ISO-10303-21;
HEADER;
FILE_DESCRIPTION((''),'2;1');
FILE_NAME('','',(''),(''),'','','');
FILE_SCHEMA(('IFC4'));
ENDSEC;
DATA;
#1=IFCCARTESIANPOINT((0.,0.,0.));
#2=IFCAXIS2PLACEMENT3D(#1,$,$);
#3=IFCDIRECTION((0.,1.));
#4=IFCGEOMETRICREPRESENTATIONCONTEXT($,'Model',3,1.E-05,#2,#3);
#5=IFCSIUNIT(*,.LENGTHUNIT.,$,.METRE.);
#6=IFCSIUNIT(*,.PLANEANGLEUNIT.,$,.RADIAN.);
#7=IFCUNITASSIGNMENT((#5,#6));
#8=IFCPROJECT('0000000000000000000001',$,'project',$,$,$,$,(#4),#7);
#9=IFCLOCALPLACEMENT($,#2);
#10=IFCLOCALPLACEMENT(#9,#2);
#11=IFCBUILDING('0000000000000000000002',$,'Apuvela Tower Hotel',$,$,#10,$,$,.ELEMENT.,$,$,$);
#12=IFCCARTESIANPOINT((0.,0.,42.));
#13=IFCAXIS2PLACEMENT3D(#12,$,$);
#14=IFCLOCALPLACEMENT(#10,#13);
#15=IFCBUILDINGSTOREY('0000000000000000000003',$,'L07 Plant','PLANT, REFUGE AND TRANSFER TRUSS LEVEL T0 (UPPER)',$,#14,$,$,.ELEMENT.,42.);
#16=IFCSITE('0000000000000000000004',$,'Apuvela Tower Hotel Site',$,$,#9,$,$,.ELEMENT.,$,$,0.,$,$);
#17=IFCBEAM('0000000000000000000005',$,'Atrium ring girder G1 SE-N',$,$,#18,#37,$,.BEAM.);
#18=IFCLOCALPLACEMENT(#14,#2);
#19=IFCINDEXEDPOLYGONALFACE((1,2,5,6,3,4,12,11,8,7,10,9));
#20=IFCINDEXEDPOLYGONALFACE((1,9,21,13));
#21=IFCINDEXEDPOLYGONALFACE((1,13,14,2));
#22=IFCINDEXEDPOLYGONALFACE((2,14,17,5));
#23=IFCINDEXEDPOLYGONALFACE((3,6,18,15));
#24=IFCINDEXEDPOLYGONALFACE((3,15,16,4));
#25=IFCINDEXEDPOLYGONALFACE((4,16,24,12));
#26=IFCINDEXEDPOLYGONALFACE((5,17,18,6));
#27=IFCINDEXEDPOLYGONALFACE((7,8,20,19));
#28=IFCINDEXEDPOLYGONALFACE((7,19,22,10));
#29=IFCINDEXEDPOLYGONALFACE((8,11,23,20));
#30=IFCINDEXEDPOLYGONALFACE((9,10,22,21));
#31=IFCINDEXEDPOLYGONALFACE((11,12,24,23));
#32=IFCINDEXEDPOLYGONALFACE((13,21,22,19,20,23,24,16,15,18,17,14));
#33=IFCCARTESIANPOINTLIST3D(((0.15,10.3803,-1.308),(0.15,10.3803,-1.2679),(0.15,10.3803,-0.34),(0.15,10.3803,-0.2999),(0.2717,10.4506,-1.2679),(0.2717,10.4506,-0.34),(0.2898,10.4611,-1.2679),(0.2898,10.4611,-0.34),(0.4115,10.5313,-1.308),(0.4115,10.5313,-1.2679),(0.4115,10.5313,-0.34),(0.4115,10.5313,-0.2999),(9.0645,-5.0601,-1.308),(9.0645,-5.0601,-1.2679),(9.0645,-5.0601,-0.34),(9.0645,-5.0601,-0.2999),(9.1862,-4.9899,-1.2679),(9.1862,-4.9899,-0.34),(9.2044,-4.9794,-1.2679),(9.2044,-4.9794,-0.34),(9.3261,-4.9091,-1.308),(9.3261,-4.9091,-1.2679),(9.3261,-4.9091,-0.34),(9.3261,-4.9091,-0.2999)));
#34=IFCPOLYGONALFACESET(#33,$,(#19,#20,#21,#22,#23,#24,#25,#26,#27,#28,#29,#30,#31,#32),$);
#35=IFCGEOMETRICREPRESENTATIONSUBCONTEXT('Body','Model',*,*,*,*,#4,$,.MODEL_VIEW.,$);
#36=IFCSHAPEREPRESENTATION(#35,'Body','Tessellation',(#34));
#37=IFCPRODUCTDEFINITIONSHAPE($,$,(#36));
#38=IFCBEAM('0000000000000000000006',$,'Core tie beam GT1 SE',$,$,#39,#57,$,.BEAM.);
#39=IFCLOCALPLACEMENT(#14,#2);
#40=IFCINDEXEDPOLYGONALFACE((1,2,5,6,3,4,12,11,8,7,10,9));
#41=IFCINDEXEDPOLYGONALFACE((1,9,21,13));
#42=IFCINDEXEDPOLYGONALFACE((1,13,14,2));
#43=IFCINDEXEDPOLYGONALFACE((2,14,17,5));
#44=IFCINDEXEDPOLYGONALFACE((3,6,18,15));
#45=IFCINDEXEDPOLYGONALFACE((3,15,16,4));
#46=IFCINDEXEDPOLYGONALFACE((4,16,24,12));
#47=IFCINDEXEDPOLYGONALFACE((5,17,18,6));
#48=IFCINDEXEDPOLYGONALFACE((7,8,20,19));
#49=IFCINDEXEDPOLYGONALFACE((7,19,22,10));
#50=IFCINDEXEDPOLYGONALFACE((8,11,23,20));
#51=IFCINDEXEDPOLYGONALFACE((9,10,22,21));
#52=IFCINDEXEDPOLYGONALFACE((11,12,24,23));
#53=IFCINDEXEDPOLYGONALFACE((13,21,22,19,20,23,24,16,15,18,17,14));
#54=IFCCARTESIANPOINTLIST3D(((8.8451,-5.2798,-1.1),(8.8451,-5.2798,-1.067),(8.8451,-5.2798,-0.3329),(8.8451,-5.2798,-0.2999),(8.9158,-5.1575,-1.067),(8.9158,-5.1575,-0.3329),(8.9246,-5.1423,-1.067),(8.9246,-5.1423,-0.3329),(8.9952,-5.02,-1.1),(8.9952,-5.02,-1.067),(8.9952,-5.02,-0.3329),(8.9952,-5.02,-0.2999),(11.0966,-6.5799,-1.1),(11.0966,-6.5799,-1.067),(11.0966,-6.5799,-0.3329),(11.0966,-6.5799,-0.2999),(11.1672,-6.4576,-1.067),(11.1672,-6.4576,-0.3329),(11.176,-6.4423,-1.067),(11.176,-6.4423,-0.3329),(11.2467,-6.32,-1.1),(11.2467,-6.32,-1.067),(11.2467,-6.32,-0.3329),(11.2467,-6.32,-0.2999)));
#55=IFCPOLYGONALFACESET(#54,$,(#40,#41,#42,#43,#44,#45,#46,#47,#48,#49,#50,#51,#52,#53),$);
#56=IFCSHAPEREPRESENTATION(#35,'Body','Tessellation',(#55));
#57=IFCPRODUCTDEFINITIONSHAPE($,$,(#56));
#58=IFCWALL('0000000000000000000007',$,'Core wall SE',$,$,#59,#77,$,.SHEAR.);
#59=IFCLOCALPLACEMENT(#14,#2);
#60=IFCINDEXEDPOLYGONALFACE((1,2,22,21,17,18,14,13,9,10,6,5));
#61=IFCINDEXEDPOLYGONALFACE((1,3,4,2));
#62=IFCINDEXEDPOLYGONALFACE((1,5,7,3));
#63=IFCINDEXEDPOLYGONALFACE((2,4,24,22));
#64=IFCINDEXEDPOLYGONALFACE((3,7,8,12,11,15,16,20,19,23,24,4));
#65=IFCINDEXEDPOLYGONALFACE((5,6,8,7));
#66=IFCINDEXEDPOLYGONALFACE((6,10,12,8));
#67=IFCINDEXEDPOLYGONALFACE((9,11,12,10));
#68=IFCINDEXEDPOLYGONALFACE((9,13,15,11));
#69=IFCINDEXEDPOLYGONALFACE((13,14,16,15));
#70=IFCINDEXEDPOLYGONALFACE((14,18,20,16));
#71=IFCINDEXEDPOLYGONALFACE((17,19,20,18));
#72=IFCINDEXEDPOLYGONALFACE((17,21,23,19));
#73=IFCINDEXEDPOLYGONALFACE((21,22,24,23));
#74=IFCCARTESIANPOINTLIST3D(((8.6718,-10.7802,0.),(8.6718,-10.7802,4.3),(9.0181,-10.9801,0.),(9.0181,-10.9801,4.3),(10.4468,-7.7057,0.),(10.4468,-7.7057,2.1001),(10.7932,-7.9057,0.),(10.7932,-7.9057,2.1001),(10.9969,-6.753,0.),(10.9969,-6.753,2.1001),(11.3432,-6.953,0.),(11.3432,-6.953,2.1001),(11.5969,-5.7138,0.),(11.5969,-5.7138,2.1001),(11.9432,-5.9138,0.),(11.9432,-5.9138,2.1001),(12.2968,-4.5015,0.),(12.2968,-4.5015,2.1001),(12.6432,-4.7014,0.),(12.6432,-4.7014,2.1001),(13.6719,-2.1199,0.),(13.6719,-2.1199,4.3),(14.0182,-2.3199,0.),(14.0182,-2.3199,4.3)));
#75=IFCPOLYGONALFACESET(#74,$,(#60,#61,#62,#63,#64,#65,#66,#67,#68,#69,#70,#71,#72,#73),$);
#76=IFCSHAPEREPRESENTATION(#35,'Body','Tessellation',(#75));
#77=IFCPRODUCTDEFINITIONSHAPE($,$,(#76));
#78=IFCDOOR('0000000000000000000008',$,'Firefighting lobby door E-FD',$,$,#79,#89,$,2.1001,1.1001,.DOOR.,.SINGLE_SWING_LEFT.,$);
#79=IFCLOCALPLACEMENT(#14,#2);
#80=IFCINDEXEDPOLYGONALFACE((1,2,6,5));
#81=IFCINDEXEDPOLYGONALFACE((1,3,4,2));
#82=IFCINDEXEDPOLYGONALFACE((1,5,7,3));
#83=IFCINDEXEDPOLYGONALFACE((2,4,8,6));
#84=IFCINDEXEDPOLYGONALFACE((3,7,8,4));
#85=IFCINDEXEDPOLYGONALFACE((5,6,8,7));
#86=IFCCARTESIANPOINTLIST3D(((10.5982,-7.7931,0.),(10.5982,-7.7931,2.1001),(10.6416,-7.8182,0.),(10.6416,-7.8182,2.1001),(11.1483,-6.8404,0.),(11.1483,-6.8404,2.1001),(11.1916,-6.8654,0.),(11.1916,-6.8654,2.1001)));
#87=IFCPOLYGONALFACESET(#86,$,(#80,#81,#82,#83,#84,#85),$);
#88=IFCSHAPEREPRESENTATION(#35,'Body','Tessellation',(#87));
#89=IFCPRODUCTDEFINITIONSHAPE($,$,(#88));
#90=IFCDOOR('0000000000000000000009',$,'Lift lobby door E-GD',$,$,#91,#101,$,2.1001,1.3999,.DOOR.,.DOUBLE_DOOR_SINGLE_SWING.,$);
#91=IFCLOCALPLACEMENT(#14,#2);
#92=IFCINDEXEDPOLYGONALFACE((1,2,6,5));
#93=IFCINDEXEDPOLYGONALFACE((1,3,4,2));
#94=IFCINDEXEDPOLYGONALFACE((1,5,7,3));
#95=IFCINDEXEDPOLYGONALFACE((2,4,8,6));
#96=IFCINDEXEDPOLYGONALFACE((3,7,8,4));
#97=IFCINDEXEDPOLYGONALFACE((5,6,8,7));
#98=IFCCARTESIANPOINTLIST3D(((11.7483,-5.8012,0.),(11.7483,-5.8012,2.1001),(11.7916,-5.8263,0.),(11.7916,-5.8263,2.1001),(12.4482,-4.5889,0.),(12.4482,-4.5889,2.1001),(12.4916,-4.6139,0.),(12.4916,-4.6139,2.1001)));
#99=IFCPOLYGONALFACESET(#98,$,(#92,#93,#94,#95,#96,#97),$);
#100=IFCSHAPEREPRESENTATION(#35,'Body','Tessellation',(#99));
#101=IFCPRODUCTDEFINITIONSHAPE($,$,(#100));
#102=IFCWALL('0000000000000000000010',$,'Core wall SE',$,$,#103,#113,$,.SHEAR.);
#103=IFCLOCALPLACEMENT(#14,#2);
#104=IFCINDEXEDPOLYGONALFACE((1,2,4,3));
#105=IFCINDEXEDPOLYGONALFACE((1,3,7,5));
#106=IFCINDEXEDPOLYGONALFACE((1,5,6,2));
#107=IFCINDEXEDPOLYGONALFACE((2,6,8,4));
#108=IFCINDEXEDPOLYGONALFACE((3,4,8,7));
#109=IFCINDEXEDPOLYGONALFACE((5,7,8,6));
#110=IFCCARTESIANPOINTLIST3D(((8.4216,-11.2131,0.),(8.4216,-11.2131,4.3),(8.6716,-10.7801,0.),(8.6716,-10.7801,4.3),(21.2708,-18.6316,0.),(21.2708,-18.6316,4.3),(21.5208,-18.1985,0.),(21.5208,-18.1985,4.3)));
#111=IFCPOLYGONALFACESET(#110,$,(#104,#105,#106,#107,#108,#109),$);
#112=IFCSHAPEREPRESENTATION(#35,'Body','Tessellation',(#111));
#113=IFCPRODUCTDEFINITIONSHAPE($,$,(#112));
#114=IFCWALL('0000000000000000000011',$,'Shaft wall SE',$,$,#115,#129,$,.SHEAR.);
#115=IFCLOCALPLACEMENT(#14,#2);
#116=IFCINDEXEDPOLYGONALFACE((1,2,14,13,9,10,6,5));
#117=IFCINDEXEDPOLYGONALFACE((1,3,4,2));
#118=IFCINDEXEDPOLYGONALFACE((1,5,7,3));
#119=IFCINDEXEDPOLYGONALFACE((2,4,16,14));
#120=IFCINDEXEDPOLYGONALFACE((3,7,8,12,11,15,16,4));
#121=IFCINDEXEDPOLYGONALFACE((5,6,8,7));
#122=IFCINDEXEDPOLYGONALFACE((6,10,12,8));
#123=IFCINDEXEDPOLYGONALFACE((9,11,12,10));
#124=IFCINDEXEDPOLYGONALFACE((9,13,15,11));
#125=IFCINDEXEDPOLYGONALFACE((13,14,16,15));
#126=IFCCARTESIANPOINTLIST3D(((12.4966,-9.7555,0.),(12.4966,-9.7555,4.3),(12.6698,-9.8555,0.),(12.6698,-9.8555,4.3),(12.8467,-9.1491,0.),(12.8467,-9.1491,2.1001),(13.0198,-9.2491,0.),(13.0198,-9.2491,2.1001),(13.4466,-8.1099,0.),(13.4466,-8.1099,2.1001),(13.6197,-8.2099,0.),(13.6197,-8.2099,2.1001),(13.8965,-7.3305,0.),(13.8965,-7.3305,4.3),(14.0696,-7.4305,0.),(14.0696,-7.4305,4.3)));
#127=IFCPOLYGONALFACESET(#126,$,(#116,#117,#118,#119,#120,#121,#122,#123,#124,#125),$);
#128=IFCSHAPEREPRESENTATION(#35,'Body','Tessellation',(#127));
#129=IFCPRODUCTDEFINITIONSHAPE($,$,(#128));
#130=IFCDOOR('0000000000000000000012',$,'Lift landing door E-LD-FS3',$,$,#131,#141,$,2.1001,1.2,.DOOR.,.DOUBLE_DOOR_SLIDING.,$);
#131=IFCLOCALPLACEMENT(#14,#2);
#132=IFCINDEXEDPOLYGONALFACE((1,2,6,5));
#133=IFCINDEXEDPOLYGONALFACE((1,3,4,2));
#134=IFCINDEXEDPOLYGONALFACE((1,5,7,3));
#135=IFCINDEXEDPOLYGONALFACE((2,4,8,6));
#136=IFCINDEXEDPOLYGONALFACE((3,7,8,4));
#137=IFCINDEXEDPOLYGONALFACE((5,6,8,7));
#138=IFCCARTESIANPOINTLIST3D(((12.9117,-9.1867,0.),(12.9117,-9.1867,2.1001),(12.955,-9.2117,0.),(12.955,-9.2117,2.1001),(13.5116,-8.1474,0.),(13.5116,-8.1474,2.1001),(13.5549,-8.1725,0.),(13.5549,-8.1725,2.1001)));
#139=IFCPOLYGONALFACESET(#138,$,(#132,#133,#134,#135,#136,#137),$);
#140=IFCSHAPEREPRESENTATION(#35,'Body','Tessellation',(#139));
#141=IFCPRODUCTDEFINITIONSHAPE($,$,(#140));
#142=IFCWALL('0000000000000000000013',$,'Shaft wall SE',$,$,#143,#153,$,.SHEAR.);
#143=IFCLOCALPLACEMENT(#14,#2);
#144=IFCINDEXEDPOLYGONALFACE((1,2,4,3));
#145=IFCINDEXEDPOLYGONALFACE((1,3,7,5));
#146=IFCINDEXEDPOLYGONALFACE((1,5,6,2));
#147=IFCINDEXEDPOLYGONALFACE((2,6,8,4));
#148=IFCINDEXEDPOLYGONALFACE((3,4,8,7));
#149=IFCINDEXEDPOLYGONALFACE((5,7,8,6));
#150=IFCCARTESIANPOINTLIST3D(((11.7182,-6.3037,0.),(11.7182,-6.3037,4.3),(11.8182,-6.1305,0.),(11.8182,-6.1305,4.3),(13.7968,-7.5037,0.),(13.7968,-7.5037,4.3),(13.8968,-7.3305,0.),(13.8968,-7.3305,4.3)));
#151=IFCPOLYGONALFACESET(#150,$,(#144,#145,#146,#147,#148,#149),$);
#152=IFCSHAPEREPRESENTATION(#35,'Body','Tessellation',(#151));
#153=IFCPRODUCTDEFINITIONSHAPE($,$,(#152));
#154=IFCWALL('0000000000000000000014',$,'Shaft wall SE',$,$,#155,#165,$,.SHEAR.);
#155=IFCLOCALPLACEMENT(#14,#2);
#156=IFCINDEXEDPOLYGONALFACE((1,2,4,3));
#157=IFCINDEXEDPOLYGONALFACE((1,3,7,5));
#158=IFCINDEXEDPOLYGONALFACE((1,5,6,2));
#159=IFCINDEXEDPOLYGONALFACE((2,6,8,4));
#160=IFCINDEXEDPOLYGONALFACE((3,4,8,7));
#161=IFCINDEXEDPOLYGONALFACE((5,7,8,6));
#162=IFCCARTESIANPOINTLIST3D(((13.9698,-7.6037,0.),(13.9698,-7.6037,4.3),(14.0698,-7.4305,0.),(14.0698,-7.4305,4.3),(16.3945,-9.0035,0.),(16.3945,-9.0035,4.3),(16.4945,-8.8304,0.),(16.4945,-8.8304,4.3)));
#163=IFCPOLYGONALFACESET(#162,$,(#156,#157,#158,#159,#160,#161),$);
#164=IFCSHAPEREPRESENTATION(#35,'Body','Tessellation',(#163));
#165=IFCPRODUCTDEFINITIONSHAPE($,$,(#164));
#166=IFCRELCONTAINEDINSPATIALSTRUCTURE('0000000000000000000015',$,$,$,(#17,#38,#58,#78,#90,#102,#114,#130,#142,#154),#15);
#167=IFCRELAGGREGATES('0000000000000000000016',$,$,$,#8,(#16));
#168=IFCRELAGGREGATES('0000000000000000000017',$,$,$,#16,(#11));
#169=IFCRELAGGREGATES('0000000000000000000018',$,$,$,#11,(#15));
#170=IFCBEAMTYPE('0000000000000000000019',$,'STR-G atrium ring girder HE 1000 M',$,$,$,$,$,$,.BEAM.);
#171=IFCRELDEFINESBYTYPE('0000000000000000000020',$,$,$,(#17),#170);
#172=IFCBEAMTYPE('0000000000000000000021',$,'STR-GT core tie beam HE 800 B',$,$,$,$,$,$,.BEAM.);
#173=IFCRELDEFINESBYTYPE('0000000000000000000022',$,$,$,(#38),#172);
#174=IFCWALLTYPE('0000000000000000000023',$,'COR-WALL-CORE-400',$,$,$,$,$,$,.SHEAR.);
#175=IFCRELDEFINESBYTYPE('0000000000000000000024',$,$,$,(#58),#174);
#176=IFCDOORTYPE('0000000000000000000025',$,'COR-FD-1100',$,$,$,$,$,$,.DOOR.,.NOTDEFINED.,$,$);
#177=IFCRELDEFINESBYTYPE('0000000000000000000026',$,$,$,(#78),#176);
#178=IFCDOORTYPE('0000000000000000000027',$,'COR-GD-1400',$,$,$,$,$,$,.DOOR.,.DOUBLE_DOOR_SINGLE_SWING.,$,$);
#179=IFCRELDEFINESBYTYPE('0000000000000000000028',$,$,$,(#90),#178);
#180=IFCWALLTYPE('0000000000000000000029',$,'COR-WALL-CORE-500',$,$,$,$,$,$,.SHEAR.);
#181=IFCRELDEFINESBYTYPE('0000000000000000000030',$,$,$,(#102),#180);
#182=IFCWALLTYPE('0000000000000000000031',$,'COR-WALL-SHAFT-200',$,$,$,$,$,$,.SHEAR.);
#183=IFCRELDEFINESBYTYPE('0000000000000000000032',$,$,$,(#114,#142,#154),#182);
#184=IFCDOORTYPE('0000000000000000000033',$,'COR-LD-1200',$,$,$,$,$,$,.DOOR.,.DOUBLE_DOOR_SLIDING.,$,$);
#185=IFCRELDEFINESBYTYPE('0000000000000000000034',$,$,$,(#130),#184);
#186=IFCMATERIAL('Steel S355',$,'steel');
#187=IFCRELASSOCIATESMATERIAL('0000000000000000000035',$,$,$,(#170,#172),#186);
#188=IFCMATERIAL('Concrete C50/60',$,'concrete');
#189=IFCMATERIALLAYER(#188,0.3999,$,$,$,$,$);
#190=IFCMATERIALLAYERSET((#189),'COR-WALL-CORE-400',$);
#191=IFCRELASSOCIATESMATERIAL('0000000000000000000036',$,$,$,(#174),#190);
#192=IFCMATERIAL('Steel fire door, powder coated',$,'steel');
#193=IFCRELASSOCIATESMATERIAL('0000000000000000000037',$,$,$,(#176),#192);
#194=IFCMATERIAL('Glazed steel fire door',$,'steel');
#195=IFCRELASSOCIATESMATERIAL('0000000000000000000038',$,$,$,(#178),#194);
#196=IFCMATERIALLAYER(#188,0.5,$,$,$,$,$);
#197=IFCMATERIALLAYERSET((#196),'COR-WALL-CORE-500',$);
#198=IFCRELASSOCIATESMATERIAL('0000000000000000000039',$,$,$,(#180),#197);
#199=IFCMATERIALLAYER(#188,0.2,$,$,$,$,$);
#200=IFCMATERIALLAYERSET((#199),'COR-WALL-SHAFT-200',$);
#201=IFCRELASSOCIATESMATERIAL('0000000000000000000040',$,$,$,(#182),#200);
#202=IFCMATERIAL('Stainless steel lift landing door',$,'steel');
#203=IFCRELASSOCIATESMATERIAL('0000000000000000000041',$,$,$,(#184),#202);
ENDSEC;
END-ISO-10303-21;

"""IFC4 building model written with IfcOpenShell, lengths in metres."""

from ifc_helpers import new_model, si_unit, direction, frame, frame_2d, origin, origin_2d, place, context, subcontext, project, spatial, rectangle, i_section, extrude, material, layer, layer_set, material_profile, profile_set, type_object, element, fill, save


model = new_model("IFC4")

# Units and contexts
model_context = context("Model", 3, precision=1e-05, world=origin(), true_north=direction((0.0, 1.0)))
body_context = subcontext(model_context, "Body", "Model", "MODEL_VIEW")
ifc_project = project(units=[si_unit("LENGTHUNIT", "METRE"), si_unit("PLANEANGLEUNIT", "RADIAN")], contexts=[model_context])

# Site, building, storey
site_placement = place(None, origin())
site = spatial("IfcSite", under=ifc_project, at=site_placement, Name="Apuvela Tower Hotel Site", CompositionType="ELEMENT", RefElevation=0.0)
building_placement = place(site_placement, origin())
building = spatial("IfcBuilding", under=site, at=building_placement, Name="Apuvela Tower Hotel", CompositionType="ELEMENT")
storey_placement = place(building_placement, frame((0.0, 0.0, 42.0)))
storey = spatial("IfcBuildingStorey", under=building, at=storey_placement, Name="L07 Plant", Description="PLANT, REFUGE AND TRANSFER TRUSS LEVEL T0 (UPPER)", CompositionType="ELEMENT", Elevation=42.0)

# Beams
ifc_material_1 = material(Name="Steel S355", Category="steel")
ifc_material_profile_1 = material_profile(ifc_material_1, i_section(OverallWidth=0.302, OverallDepth=1.0081, WebThickness=0.021, FlangeThickness=0.04, at=origin_2d()), Name="HE 1000 M")
ifc_profile_set_1 = profile_set([ifc_material_profile_1], Name="Steel S355")
beam_type_1 = type_object("IfcBeamType", Name="STR-G atrium ring girder HE 1000 M", PredefinedType="BEAM", material=ifc_profile_set_1)
beam_1_placement = place(storey_placement, frame((9.1953, -4.9846, -0.804), z_axis=(-0.500001, 0.866025, 0.0), x_axis=(-0.866025, -0.500001, 0.0)))
element("IfcBeam", 1, at=beam_1_placement, inside=storey, type_object=beam_type_1, Name="Atrium ring girder G1 SE-N", PredefinedType="BEAM", context=body_context, shape_type="SweptSolid", body=[
    extrude(i_section(OverallWidth=0.302, OverallDepth=1.0081, WebThickness=0.021, FlangeThickness=0.04, at=origin_2d()), origin(), (0.0, 0.0, 1.0), 17.8291),
])
ifc_material_profile_2 = material_profile(ifc_material_1, i_section(OverallWidth=0.3, OverallDepth=0.8, WebThickness=0.0176, FlangeThickness=0.033, at=origin_2d()), Name="HE 800 B")
ifc_profile_set_2 = profile_set([ifc_material_profile_2], Name="Steel S355")
beam_type_2 = type_object("IfcBeamType", Name="STR-GT core tie beam HE 800 B", PredefinedType="BEAM", material=ifc_profile_set_2)
beam_2_placement = place(storey_placement, frame((11.1716, -6.45, -0.7), z_axis=(-0.865998, 0.500048, 0.0), x_axis=(-0.500048, -0.865998, 0.0)))
element("IfcBeam", 2, at=beam_2_placement, inside=storey, type_object=beam_type_2, Name="Core tie beam GT1 SE", PredefinedType="BEAM", context=body_context, shape_type="SweptSolid", body=[
    extrude(i_section(OverallWidth=0.3, OverallDepth=0.8, WebThickness=0.0176, FlangeThickness=0.033, at=origin_2d()), origin(), (0.0, 0.0, 1.0), 2.5999),
])

# Wall, openings, doors
ifc_material_2 = material(Name="Concrete C50/60", Category="concrete")
ifc_layer_1 = layer(ifc_material_2, 0.3999)
ifc_layer_set_1 = layer_set([ifc_layer_1], Name="COR-WALL-CORE-400")
wall_type_1 = type_object("IfcWallType", Name="COR-WALL-CORE-400", PredefinedType="SHEAR", material=ifc_layer_set_1)
wall_1_placement = place(storey_placement, frame((8.845, -10.8801, 0.0), z_axis=(0.0, 0.0, 1.0), x_axis=(0.500004, 0.866023, 0.0)))
wall_1 = element("IfcWall", 3, at=wall_1_placement, inside=storey, type_object=wall_type_1, Name="Core wall SE", PredefinedType="SHEAR", context=body_context, shape_type="SweptSolid", body=[
    extrude(rectangle(XDim=10.0, YDim=0.3999, at=frame_2d((5.0, 0.0))), origin(), (0.0, 0.0, 1.0), 4.3),
])
opening_1_placement = place(wall_1_placement, frame((3.55, 0.0, 0.0)))
opening_1 = element("IfcOpeningElement", 4, at=opening_1_placement, cuts=wall_1, PredefinedType="OPENING", context=body_context, shape_type="SweptSolid", body=[
    extrude(rectangle(XDim=1.1001, YDim=2.1001, at=frame_2d((0.55, 1.05))), frame((0.0, 0.21, 0.0), z_axis=(0.0, -1.0, 0.0), x_axis=(1.0, 0.0, 0.0)), (0.0, 0.0, 1.0), 0.4199),
])
opening_2_placement = place(wall_1_placement, frame((5.8501, 0.0, 0.0)))
opening_2 = element("IfcOpeningElement", 5, at=opening_2_placement, cuts=wall_1, PredefinedType="OPENING", context=body_context, shape_type="SweptSolid", body=[
    extrude(rectangle(XDim=1.3999, YDim=2.1001, at=frame_2d((0.7, 1.05))), frame((0.0, 0.21, 0.0), z_axis=(0.0, -1.0, 0.0), x_axis=(1.0, 0.0, 0.0)), (0.0, 0.0, 1.0), 0.4199),
])
ifc_material_3 = material(Name="Steel fire door, powder coated", Category="steel")
door_type_1 = type_object("IfcDoorType", Name="COR-FD-1100", OperationType="NOTDEFINED", PredefinedType="DOOR", material=ifc_material_3)
door_1_placement = place(opening_1_placement, frame((1.1001, 0.0, 0.0), z_axis=(0.0, 0.0, 1.0), x_axis=(-1.0, 0.0, 0.0)))
door_1 = element("IfcDoor", 6, at=door_1_placement, inside=storey, type_object=door_type_1, Name="Firefighting lobby door E-FD", OperationType="SINGLE_SWING_LEFT", OverallHeight=2.1001, OverallWidth=1.1001, PredefinedType="DOOR", context=body_context, shape_type="SweptSolid", body=[
    extrude(rectangle(XDim=1.1001, YDim=2.1001, at=frame_2d((0.55, 1.05))), frame((0.0, 0.0249, 0.0), z_axis=(0.0, -1.0, 0.0), x_axis=(1.0, 0.0, 0.0)), (0.0, 0.0, 1.0), 0.05),
])
fill(opening_1, door_1)
ifc_material_4 = material(Name="Glazed steel fire door", Category="steel")
door_type_2 = type_object("IfcDoorType", Name="COR-GD-1400", OperationType="DOUBLE_DOOR_SINGLE_SWING", PredefinedType="DOOR", material=ifc_material_4)
door_2_placement = place(opening_2_placement, frame((1.3999, 0.0, 0.0), z_axis=(0.0, 0.0, 1.0), x_axis=(-1.0, 0.0, 0.0)))
door_2 = element("IfcDoor", 7, at=door_2_placement, inside=storey, type_object=door_type_2, Name="Lift lobby door E-GD", OperationType="DOUBLE_DOOR_SINGLE_SWING", OverallHeight=2.1001, OverallWidth=1.3999, PredefinedType="DOOR", context=body_context, shape_type="SweptSolid", body=[
    extrude(rectangle(XDim=1.3999, YDim=2.1001, at=frame_2d((0.7, 1.05))), frame((0.0, 0.0249, 0.0), z_axis=(0.0, -1.0, 0.0), x_axis=(1.0, 0.0, 0.0)), (0.0, 0.0, 1.0), 0.05),
])
fill(opening_2, door_2)

# Wall
ifc_layer_2 = layer(ifc_material_2, 0.5)
ifc_layer_set_2 = layer_set([ifc_layer_2], Name="COR-WALL-CORE-500")
wall_type_2 = type_object("IfcWallType", Name="COR-WALL-CORE-500", PredefinedType="SHEAR", material=ifc_layer_set_2)
wall_2_placement = place(storey_placement, frame((8.5466, -10.9966, 0.0), z_axis=(0.0, 0.0, 1.0), x_axis=(0.866025, -0.500001, 0.0)))
element("IfcWall", 8, at=wall_2_placement, inside=storey, type_object=wall_type_2, Name="Core wall SE", PredefinedType="SHEAR", context=body_context, shape_type="SweptSolid", body=[
    extrude(rectangle(XDim=14.8369, YDim=0.5, at=frame_2d((7.4185, 0.0))), origin(), (0.0, 0.0, 1.0), 4.3),
])

# Wall, opening, door
ifc_layer_3 = layer(ifc_material_2, 0.2)
ifc_layer_set_3 = layer_set([ifc_layer_3], Name="COR-WALL-SHAFT-200")
wall_type_3 = type_object("IfcWallType", Name="COR-WALL-SHAFT-200", PredefinedType="SHEAR", material=ifc_layer_set_3)
wall_3_placement = place(storey_placement, frame((12.5833, -9.8054, 0.0), z_axis=(0.0, 0.0, 1.0), x_axis=(0.499946, 0.866056, 0.0)))
wall_3 = element("IfcWall", 9, at=wall_3_placement, inside=storey, type_object=wall_type_3, Name="Shaft wall SE", PredefinedType="SHEAR", context=body_context, shape_type="SweptSolid", body=[
    extrude(rectangle(XDim=2.8, YDim=0.2, at=frame_2d((1.3999, 0.0))), origin(), (0.0, 0.0, 1.0), 4.3),
])
opening_3_placement = place(wall_3_placement, frame((0.7, 0.0, 0.0)))
opening_3 = element("IfcOpeningElement", 10, at=opening_3_placement, cuts=wall_3, PredefinedType="OPENING", context=body_context, shape_type="SweptSolid", body=[
    extrude(rectangle(XDim=1.2, YDim=2.1001, at=frame_2d((0.6001, 1.05))), frame((0.0, 0.1099, 0.0), z_axis=(0.0, -1.0, 0.0), x_axis=(1.0, 0.0, 0.0)), (0.0, 0.0, 1.0), 0.22),
])
ifc_material_5 = material(Name="Stainless steel lift landing door", Category="steel")
door_type_3 = type_object("IfcDoorType", Name="COR-LD-1200", OperationType="DOUBLE_DOOR_SLIDING", PredefinedType="DOOR", material=ifc_material_5)
door_3_placement = place(opening_3_placement, origin())
door_3 = element("IfcDoor", 11, at=door_3_placement, inside=storey, type_object=door_type_3, Name="Lift landing door E-LD-FS3", OperationType="DOUBLE_DOOR_SLIDING", OverallHeight=2.1001, OverallWidth=1.2, PredefinedType="DOOR", context=body_context, shape_type="SweptSolid", body=[
    extrude(rectangle(XDim=1.2, YDim=2.1001, at=frame_2d((0.6001, 1.05))), frame((0.0, 0.0249, 0.0), z_axis=(0.0, -1.0, 0.0), x_axis=(1.0, 0.0, 0.0)), (0.0, 0.0, 1.0), 0.05),
])
fill(opening_3, door_3)

# Walls
wall_4_placement = place(storey_placement, frame((11.7681, -6.217, 0.0), z_axis=(0.0, 0.0, 1.0), x_axis=(0.86605, -0.499957, 0.0)))
element("IfcWall", 12, at=wall_4_placement, inside=storey, type_object=wall_type_3, Name="Shaft wall SE", PredefinedType="SHEAR", context=body_context, shape_type="SweptSolid", body=[
    extrude(rectangle(XDim=2.4001, YDim=0.2, at=frame_2d((1.2002, 0.0))), origin(), (0.0, 0.0, 1.0), 4.3),
])
wall_5_placement = place(storey_placement, frame((14.0198, -7.5171, 0.0), z_axis=(0.0, 0.0, 1.0), x_axis=(0.866035, -0.499984, 0.0)))
element("IfcWall", 13, at=wall_5_placement, inside=storey, type_object=wall_type_3, Name="Shaft wall SE", PredefinedType="SHEAR", context=body_context, shape_type="SweptSolid", body=[
    extrude(rectangle(XDim=2.7998, YDim=0.2, at=frame_2d((1.3999, 0.0))), origin(), (0.0, 0.0, 1.0), 4.3),
])

save(model, "model.ifc")
